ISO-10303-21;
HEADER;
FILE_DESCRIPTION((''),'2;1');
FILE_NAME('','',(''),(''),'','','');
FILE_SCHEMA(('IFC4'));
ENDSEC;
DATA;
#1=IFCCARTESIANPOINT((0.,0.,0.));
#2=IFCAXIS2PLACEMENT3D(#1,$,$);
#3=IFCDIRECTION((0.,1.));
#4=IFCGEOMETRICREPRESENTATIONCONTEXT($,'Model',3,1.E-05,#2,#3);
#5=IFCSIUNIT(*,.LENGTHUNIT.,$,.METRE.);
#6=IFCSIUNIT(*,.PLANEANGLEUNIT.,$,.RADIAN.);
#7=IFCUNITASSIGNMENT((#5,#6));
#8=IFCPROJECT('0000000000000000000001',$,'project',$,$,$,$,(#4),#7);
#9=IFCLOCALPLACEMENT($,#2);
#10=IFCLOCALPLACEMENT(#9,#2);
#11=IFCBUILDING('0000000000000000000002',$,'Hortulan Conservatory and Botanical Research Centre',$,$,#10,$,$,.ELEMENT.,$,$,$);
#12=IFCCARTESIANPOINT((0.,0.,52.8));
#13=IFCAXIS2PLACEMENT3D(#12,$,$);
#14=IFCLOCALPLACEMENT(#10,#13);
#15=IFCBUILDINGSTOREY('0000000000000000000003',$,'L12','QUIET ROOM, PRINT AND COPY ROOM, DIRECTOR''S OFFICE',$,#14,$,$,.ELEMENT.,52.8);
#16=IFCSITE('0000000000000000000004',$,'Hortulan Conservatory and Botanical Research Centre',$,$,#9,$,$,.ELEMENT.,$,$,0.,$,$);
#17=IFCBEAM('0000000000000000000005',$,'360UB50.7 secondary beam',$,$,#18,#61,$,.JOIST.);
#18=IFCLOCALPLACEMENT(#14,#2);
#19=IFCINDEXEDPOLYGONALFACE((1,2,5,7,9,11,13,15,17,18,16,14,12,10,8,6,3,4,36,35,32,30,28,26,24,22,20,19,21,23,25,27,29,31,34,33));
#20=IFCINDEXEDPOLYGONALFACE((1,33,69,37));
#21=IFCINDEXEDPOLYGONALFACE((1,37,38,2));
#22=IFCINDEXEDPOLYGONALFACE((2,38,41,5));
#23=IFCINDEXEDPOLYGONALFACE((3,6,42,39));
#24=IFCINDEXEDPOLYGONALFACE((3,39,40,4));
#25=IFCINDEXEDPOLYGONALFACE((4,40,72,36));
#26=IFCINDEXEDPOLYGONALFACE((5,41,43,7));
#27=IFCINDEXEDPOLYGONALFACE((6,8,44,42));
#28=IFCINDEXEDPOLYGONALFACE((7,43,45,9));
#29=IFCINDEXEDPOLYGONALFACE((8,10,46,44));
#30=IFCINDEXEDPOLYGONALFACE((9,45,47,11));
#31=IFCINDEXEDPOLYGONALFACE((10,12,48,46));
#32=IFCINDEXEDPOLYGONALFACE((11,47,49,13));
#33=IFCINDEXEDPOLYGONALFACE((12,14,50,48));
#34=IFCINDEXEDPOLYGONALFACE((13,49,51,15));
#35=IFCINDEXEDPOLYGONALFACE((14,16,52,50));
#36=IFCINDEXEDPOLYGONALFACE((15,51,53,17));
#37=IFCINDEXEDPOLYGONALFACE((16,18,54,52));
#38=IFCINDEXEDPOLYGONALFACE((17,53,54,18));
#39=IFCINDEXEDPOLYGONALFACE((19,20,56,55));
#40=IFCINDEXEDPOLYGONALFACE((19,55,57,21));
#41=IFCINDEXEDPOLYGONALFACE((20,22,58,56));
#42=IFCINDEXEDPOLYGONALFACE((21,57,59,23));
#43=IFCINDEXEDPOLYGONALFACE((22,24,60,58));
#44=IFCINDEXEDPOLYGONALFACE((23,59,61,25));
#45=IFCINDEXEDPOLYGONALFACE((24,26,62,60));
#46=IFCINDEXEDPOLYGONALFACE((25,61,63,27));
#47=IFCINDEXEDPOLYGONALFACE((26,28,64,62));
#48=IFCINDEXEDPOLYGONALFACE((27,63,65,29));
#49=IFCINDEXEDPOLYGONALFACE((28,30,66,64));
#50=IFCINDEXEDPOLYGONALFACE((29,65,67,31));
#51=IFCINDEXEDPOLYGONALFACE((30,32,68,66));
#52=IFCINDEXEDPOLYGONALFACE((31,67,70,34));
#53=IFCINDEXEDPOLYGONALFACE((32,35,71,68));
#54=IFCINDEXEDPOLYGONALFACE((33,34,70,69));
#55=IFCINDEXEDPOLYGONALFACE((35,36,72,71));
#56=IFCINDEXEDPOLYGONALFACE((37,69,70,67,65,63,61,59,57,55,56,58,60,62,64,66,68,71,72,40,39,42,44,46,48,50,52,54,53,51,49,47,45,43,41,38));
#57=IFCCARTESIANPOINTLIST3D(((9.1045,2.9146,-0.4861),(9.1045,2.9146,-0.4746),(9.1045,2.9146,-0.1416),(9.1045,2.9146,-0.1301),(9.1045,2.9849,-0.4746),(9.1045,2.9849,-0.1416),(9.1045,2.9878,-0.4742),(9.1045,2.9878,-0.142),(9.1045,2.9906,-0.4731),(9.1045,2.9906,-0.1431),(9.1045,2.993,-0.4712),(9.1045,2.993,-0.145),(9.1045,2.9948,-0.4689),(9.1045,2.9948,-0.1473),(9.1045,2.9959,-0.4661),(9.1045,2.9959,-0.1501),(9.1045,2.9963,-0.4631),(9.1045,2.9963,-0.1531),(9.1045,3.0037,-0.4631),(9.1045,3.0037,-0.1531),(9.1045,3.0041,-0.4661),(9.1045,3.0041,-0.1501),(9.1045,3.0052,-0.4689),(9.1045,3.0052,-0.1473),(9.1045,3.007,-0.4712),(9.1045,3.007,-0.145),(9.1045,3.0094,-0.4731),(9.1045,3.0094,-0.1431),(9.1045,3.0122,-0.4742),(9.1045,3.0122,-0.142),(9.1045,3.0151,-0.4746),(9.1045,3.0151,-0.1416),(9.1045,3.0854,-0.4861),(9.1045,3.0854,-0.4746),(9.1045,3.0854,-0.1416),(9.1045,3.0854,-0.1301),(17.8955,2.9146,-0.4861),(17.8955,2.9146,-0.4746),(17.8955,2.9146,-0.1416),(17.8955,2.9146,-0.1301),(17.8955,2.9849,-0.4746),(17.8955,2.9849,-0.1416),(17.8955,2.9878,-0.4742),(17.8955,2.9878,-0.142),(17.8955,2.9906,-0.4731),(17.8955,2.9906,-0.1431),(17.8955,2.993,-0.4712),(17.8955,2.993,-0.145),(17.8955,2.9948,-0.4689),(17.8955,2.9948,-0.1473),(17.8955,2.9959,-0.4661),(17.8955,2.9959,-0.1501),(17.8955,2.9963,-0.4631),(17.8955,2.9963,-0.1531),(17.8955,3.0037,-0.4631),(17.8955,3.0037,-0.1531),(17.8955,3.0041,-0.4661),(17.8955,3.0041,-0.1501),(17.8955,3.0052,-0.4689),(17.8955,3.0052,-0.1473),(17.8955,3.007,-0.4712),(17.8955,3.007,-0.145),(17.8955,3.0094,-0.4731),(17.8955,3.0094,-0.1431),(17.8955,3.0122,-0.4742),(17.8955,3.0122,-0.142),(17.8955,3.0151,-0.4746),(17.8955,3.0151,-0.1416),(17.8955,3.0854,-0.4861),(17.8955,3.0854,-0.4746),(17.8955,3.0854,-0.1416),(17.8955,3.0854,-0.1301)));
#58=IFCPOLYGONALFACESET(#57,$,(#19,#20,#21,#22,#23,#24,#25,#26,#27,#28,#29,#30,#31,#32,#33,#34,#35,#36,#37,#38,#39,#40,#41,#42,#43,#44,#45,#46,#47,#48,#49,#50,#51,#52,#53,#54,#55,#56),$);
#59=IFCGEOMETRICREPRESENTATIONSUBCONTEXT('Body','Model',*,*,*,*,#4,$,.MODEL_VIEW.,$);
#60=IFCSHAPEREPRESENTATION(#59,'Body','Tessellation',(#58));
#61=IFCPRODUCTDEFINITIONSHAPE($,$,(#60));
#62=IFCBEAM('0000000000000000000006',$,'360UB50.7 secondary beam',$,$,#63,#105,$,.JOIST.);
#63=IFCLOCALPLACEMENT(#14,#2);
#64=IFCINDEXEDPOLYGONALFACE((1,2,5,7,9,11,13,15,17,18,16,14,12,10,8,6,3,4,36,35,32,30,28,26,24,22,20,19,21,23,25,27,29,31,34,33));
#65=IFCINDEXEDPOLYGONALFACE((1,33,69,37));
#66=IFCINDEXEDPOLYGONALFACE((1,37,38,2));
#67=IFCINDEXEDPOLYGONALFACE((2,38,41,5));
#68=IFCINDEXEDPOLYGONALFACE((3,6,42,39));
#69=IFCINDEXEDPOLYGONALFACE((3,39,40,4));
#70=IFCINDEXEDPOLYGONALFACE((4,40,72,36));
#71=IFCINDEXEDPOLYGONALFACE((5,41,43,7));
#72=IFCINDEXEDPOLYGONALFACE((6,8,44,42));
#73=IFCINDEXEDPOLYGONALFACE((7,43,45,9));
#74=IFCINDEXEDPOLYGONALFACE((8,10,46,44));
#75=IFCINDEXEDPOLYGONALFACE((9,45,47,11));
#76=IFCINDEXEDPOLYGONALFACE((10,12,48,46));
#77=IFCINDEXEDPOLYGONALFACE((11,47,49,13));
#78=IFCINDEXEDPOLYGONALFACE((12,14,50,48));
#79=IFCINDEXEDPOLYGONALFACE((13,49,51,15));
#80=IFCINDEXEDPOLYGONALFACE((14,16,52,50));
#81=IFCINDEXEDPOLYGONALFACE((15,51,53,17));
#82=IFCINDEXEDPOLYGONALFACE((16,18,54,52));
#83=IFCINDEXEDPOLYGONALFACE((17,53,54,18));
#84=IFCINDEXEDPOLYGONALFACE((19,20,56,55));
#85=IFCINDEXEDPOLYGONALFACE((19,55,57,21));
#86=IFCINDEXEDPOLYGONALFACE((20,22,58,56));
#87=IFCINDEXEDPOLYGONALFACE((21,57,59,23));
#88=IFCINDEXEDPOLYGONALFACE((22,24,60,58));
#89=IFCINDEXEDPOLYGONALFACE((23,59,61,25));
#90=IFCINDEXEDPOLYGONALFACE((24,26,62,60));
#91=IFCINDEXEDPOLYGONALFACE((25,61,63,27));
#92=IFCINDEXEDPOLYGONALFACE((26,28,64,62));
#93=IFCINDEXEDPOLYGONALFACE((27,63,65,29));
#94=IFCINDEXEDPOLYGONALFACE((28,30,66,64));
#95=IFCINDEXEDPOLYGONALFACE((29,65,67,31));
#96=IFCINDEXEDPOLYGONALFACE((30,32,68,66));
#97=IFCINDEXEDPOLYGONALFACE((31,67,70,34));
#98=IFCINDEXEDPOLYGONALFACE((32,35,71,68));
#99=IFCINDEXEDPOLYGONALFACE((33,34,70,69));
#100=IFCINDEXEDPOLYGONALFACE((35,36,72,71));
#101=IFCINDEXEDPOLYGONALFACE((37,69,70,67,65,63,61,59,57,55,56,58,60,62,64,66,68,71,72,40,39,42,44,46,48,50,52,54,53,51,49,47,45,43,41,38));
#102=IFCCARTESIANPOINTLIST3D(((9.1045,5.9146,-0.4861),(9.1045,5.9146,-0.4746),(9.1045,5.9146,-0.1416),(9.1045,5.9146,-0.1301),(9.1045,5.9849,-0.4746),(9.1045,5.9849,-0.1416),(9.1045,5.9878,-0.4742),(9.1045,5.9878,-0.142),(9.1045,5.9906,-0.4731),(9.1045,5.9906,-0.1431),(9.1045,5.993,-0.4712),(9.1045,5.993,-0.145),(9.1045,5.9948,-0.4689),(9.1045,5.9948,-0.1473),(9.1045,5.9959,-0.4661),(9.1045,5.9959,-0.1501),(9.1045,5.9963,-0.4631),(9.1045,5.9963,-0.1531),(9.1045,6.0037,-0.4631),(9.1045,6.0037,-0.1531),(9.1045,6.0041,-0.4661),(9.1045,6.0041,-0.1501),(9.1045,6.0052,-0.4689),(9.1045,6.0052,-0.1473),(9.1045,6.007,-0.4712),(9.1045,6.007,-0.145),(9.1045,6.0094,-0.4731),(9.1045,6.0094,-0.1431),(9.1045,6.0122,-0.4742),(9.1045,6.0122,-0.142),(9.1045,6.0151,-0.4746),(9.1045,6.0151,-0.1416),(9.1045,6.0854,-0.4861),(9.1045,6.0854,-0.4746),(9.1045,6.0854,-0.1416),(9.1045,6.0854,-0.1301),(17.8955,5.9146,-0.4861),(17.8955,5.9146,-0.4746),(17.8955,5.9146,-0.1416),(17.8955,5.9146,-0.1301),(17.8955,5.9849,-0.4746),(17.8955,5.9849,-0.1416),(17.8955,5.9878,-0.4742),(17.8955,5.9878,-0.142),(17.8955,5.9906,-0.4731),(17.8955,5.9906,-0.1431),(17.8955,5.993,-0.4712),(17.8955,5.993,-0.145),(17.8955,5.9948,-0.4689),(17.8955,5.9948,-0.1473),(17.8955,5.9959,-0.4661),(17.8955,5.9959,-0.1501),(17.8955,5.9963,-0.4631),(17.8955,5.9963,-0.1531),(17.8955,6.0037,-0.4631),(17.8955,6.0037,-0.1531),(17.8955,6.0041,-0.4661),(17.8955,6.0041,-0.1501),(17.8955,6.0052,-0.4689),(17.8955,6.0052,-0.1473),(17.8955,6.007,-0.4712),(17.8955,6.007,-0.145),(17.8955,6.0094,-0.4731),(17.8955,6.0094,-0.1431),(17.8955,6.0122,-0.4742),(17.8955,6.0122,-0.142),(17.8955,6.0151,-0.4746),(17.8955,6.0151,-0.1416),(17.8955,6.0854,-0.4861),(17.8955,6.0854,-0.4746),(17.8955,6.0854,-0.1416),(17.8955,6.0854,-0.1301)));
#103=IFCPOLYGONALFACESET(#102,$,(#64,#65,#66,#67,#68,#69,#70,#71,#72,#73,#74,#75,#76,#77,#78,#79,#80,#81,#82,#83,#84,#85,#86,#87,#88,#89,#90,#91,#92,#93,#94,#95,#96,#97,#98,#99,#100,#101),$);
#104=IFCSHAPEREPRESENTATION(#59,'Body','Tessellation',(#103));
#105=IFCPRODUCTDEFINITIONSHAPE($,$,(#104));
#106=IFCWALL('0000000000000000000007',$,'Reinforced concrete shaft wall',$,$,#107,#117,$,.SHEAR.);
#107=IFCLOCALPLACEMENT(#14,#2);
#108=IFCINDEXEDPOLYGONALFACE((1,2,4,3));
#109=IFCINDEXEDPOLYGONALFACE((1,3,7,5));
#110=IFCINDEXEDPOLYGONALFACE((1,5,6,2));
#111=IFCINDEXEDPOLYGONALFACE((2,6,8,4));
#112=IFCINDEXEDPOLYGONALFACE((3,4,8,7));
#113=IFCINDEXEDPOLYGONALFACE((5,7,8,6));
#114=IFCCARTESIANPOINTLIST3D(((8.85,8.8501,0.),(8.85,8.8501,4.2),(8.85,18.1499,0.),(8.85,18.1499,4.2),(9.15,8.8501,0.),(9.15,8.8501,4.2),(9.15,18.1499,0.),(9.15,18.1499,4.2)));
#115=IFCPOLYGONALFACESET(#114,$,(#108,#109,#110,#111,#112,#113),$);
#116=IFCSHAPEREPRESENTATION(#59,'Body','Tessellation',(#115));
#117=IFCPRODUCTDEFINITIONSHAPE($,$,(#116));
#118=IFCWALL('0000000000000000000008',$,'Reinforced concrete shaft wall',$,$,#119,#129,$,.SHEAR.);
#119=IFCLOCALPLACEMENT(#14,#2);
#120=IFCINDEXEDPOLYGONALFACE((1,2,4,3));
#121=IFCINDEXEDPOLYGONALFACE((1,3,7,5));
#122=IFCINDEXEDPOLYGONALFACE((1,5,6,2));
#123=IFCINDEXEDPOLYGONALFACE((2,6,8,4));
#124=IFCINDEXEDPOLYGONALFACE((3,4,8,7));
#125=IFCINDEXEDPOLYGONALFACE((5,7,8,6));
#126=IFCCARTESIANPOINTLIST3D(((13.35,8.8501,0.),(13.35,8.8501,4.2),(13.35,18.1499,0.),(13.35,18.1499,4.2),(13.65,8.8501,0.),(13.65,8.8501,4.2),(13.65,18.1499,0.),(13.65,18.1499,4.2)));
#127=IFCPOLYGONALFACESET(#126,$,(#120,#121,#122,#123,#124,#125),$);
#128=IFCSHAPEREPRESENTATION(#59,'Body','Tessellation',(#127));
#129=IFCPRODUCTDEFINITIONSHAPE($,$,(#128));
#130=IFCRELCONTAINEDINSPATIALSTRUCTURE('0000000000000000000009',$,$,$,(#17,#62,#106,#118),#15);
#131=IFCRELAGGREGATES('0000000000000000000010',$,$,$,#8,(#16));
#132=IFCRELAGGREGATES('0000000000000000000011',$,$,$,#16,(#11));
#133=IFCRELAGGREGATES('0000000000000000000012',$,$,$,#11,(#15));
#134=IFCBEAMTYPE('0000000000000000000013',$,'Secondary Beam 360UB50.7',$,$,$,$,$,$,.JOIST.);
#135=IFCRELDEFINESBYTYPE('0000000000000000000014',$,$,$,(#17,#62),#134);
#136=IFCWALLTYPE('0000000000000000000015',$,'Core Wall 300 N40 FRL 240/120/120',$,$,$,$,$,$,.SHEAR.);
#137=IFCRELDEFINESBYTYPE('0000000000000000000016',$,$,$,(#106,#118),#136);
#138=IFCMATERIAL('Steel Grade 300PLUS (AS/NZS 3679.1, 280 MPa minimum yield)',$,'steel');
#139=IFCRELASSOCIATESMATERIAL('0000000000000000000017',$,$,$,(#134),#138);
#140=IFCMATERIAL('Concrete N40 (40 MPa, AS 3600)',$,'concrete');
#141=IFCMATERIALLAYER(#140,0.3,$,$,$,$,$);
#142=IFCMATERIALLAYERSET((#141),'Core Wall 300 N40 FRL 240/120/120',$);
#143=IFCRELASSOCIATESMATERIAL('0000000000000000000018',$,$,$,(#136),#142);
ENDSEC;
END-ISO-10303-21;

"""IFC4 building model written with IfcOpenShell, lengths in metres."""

from ifc_helpers import new_model, si_unit, direction, frame, frame_2d, origin, origin_2d, place, context, subcontext, project, spatial, rectangle, i_section, extrude, material, layer, layer_set, material_profile, profile_set, type_object, element, save


model = new_model("IFC4")

# Units and contexts
model_context = context("Model", 3, precision=1e-05, world=origin(), true_north=direction((0.0, 1.0)))
body_context = subcontext(model_context, "Body", "Model", "MODEL_VIEW")
ifc_project = project(units=[si_unit("LENGTHUNIT", "METRE"), si_unit("PLANEANGLEUNIT", "RADIAN")], contexts=[model_context])

# Site, building, storey
site_placement = place(None, origin())
site = spatial("IfcSite", under=ifc_project, at=site_placement, Name="Hortulan Conservatory and Botanical Research Centre", CompositionType="ELEMENT", RefElevation=0.0)
building_placement = place(site_placement, origin())
building = spatial("IfcBuilding", under=site, at=building_placement, Name="Hortulan Conservatory and Botanical Research Centre", CompositionType="ELEMENT")
storey_placement = place(building_placement, frame((0.0, 0.0, 52.8)))
storey = spatial("IfcBuildingStorey", under=building, at=storey_placement, Name="L12", Description="QUIET ROOM, PRINT AND COPY ROOM, DIRECTOR'S OFFICE", CompositionType="ELEMENT", Elevation=52.8)

# Shared definitions
ifc_material_1 = material(Name="Steel Grade 300PLUS (AS/NZS 3679.1, 280 MPa minimum yield)", Category="steel")

# Beams
ifc_material_profile_1 = material_profile(ifc_material_1, i_section(OverallWidth=0.1709, OverallDepth=0.356, WebThickness=0.0073, FlangeThickness=0.0115, FilletRadius=0.0115, at=origin_2d()), Name="360UB50.7")
ifc_profile_set_1 = profile_set([ifc_material_profile_1], Name="Steel Grade 300PLUS (AS/NZS 3679.1, 280 MPa minimum yield)")
beam_type_1 = type_object("IfcBeamType", Name="Secondary Beam 360UB50.7", PredefinedType="JOIST", material=ifc_profile_set_1)
for number, where, z_axis, x_axis, name in (
    (1, (9.1045, 3.0, -0.3081), (1.0, 0.0, 0.0), (0.0, 1.0, 0.0), "360UB50.7 secondary beam"),
    (2, (9.1045, 6.0, -0.3081), (1.0, 0.0, 0.0), (0.0, 1.0, 0.0), "360UB50.7 secondary beam"),
):
    element("IfcBeam", number, at=place(storey_placement, frame(where, z_axis=z_axis, x_axis=x_axis)), inside=storey, type_object=beam_type_1, Name=name, PredefinedType="JOIST", context=body_context, shape_type="SweptSolid", body=[
        extrude(i_section(OverallWidth=0.1709, OverallDepth=0.356, WebThickness=0.0073, FlangeThickness=0.0115, FilletRadius=0.0115, at=origin_2d()), origin(), (0.0, 0.0, 1.0), 8.791),
    ])

# Walls
ifc_material_2 = material(Name="Concrete N40 (40 MPa, AS 3600)", Category="concrete")
ifc_layer_1 = layer(ifc_material_2, 0.3)
ifc_layer_set_1 = layer_set([ifc_layer_1], Name="Core Wall 300 N40 FRL 240/120/120")
wall_type_1 = type_object("IfcWallType", Name="Core Wall 300 N40 FRL 240/120/120", PredefinedType="SHEAR", material=ifc_layer_set_1)
for number, where, z_axis, x_axis, name in (
    (3, (9.0, 8.8501, 0.0), (0.0, 0.0, 1.0), (0.0, 1.0, 0.0), "Reinforced concrete shaft wall"),
    (4, (13.5, 8.8501, 0.0), (0.0, 0.0, 1.0), (0.0, 1.0, 0.0), "Reinforced concrete shaft wall"),
):
    element("IfcWall", number, at=place(storey_placement, frame(where, z_axis=z_axis, x_axis=x_axis)), inside=storey, type_object=wall_type_1, Name=name, PredefinedType="SHEAR", context=body_context, shape_type="SweptSolid", body=[
        extrude(rectangle(XDim=9.2998, YDim=0.3, at=frame_2d((4.6499, 0.0))), origin(), (0.0, 0.0, 1.0), 4.2),
    ])

save(model, "model.ifc")
